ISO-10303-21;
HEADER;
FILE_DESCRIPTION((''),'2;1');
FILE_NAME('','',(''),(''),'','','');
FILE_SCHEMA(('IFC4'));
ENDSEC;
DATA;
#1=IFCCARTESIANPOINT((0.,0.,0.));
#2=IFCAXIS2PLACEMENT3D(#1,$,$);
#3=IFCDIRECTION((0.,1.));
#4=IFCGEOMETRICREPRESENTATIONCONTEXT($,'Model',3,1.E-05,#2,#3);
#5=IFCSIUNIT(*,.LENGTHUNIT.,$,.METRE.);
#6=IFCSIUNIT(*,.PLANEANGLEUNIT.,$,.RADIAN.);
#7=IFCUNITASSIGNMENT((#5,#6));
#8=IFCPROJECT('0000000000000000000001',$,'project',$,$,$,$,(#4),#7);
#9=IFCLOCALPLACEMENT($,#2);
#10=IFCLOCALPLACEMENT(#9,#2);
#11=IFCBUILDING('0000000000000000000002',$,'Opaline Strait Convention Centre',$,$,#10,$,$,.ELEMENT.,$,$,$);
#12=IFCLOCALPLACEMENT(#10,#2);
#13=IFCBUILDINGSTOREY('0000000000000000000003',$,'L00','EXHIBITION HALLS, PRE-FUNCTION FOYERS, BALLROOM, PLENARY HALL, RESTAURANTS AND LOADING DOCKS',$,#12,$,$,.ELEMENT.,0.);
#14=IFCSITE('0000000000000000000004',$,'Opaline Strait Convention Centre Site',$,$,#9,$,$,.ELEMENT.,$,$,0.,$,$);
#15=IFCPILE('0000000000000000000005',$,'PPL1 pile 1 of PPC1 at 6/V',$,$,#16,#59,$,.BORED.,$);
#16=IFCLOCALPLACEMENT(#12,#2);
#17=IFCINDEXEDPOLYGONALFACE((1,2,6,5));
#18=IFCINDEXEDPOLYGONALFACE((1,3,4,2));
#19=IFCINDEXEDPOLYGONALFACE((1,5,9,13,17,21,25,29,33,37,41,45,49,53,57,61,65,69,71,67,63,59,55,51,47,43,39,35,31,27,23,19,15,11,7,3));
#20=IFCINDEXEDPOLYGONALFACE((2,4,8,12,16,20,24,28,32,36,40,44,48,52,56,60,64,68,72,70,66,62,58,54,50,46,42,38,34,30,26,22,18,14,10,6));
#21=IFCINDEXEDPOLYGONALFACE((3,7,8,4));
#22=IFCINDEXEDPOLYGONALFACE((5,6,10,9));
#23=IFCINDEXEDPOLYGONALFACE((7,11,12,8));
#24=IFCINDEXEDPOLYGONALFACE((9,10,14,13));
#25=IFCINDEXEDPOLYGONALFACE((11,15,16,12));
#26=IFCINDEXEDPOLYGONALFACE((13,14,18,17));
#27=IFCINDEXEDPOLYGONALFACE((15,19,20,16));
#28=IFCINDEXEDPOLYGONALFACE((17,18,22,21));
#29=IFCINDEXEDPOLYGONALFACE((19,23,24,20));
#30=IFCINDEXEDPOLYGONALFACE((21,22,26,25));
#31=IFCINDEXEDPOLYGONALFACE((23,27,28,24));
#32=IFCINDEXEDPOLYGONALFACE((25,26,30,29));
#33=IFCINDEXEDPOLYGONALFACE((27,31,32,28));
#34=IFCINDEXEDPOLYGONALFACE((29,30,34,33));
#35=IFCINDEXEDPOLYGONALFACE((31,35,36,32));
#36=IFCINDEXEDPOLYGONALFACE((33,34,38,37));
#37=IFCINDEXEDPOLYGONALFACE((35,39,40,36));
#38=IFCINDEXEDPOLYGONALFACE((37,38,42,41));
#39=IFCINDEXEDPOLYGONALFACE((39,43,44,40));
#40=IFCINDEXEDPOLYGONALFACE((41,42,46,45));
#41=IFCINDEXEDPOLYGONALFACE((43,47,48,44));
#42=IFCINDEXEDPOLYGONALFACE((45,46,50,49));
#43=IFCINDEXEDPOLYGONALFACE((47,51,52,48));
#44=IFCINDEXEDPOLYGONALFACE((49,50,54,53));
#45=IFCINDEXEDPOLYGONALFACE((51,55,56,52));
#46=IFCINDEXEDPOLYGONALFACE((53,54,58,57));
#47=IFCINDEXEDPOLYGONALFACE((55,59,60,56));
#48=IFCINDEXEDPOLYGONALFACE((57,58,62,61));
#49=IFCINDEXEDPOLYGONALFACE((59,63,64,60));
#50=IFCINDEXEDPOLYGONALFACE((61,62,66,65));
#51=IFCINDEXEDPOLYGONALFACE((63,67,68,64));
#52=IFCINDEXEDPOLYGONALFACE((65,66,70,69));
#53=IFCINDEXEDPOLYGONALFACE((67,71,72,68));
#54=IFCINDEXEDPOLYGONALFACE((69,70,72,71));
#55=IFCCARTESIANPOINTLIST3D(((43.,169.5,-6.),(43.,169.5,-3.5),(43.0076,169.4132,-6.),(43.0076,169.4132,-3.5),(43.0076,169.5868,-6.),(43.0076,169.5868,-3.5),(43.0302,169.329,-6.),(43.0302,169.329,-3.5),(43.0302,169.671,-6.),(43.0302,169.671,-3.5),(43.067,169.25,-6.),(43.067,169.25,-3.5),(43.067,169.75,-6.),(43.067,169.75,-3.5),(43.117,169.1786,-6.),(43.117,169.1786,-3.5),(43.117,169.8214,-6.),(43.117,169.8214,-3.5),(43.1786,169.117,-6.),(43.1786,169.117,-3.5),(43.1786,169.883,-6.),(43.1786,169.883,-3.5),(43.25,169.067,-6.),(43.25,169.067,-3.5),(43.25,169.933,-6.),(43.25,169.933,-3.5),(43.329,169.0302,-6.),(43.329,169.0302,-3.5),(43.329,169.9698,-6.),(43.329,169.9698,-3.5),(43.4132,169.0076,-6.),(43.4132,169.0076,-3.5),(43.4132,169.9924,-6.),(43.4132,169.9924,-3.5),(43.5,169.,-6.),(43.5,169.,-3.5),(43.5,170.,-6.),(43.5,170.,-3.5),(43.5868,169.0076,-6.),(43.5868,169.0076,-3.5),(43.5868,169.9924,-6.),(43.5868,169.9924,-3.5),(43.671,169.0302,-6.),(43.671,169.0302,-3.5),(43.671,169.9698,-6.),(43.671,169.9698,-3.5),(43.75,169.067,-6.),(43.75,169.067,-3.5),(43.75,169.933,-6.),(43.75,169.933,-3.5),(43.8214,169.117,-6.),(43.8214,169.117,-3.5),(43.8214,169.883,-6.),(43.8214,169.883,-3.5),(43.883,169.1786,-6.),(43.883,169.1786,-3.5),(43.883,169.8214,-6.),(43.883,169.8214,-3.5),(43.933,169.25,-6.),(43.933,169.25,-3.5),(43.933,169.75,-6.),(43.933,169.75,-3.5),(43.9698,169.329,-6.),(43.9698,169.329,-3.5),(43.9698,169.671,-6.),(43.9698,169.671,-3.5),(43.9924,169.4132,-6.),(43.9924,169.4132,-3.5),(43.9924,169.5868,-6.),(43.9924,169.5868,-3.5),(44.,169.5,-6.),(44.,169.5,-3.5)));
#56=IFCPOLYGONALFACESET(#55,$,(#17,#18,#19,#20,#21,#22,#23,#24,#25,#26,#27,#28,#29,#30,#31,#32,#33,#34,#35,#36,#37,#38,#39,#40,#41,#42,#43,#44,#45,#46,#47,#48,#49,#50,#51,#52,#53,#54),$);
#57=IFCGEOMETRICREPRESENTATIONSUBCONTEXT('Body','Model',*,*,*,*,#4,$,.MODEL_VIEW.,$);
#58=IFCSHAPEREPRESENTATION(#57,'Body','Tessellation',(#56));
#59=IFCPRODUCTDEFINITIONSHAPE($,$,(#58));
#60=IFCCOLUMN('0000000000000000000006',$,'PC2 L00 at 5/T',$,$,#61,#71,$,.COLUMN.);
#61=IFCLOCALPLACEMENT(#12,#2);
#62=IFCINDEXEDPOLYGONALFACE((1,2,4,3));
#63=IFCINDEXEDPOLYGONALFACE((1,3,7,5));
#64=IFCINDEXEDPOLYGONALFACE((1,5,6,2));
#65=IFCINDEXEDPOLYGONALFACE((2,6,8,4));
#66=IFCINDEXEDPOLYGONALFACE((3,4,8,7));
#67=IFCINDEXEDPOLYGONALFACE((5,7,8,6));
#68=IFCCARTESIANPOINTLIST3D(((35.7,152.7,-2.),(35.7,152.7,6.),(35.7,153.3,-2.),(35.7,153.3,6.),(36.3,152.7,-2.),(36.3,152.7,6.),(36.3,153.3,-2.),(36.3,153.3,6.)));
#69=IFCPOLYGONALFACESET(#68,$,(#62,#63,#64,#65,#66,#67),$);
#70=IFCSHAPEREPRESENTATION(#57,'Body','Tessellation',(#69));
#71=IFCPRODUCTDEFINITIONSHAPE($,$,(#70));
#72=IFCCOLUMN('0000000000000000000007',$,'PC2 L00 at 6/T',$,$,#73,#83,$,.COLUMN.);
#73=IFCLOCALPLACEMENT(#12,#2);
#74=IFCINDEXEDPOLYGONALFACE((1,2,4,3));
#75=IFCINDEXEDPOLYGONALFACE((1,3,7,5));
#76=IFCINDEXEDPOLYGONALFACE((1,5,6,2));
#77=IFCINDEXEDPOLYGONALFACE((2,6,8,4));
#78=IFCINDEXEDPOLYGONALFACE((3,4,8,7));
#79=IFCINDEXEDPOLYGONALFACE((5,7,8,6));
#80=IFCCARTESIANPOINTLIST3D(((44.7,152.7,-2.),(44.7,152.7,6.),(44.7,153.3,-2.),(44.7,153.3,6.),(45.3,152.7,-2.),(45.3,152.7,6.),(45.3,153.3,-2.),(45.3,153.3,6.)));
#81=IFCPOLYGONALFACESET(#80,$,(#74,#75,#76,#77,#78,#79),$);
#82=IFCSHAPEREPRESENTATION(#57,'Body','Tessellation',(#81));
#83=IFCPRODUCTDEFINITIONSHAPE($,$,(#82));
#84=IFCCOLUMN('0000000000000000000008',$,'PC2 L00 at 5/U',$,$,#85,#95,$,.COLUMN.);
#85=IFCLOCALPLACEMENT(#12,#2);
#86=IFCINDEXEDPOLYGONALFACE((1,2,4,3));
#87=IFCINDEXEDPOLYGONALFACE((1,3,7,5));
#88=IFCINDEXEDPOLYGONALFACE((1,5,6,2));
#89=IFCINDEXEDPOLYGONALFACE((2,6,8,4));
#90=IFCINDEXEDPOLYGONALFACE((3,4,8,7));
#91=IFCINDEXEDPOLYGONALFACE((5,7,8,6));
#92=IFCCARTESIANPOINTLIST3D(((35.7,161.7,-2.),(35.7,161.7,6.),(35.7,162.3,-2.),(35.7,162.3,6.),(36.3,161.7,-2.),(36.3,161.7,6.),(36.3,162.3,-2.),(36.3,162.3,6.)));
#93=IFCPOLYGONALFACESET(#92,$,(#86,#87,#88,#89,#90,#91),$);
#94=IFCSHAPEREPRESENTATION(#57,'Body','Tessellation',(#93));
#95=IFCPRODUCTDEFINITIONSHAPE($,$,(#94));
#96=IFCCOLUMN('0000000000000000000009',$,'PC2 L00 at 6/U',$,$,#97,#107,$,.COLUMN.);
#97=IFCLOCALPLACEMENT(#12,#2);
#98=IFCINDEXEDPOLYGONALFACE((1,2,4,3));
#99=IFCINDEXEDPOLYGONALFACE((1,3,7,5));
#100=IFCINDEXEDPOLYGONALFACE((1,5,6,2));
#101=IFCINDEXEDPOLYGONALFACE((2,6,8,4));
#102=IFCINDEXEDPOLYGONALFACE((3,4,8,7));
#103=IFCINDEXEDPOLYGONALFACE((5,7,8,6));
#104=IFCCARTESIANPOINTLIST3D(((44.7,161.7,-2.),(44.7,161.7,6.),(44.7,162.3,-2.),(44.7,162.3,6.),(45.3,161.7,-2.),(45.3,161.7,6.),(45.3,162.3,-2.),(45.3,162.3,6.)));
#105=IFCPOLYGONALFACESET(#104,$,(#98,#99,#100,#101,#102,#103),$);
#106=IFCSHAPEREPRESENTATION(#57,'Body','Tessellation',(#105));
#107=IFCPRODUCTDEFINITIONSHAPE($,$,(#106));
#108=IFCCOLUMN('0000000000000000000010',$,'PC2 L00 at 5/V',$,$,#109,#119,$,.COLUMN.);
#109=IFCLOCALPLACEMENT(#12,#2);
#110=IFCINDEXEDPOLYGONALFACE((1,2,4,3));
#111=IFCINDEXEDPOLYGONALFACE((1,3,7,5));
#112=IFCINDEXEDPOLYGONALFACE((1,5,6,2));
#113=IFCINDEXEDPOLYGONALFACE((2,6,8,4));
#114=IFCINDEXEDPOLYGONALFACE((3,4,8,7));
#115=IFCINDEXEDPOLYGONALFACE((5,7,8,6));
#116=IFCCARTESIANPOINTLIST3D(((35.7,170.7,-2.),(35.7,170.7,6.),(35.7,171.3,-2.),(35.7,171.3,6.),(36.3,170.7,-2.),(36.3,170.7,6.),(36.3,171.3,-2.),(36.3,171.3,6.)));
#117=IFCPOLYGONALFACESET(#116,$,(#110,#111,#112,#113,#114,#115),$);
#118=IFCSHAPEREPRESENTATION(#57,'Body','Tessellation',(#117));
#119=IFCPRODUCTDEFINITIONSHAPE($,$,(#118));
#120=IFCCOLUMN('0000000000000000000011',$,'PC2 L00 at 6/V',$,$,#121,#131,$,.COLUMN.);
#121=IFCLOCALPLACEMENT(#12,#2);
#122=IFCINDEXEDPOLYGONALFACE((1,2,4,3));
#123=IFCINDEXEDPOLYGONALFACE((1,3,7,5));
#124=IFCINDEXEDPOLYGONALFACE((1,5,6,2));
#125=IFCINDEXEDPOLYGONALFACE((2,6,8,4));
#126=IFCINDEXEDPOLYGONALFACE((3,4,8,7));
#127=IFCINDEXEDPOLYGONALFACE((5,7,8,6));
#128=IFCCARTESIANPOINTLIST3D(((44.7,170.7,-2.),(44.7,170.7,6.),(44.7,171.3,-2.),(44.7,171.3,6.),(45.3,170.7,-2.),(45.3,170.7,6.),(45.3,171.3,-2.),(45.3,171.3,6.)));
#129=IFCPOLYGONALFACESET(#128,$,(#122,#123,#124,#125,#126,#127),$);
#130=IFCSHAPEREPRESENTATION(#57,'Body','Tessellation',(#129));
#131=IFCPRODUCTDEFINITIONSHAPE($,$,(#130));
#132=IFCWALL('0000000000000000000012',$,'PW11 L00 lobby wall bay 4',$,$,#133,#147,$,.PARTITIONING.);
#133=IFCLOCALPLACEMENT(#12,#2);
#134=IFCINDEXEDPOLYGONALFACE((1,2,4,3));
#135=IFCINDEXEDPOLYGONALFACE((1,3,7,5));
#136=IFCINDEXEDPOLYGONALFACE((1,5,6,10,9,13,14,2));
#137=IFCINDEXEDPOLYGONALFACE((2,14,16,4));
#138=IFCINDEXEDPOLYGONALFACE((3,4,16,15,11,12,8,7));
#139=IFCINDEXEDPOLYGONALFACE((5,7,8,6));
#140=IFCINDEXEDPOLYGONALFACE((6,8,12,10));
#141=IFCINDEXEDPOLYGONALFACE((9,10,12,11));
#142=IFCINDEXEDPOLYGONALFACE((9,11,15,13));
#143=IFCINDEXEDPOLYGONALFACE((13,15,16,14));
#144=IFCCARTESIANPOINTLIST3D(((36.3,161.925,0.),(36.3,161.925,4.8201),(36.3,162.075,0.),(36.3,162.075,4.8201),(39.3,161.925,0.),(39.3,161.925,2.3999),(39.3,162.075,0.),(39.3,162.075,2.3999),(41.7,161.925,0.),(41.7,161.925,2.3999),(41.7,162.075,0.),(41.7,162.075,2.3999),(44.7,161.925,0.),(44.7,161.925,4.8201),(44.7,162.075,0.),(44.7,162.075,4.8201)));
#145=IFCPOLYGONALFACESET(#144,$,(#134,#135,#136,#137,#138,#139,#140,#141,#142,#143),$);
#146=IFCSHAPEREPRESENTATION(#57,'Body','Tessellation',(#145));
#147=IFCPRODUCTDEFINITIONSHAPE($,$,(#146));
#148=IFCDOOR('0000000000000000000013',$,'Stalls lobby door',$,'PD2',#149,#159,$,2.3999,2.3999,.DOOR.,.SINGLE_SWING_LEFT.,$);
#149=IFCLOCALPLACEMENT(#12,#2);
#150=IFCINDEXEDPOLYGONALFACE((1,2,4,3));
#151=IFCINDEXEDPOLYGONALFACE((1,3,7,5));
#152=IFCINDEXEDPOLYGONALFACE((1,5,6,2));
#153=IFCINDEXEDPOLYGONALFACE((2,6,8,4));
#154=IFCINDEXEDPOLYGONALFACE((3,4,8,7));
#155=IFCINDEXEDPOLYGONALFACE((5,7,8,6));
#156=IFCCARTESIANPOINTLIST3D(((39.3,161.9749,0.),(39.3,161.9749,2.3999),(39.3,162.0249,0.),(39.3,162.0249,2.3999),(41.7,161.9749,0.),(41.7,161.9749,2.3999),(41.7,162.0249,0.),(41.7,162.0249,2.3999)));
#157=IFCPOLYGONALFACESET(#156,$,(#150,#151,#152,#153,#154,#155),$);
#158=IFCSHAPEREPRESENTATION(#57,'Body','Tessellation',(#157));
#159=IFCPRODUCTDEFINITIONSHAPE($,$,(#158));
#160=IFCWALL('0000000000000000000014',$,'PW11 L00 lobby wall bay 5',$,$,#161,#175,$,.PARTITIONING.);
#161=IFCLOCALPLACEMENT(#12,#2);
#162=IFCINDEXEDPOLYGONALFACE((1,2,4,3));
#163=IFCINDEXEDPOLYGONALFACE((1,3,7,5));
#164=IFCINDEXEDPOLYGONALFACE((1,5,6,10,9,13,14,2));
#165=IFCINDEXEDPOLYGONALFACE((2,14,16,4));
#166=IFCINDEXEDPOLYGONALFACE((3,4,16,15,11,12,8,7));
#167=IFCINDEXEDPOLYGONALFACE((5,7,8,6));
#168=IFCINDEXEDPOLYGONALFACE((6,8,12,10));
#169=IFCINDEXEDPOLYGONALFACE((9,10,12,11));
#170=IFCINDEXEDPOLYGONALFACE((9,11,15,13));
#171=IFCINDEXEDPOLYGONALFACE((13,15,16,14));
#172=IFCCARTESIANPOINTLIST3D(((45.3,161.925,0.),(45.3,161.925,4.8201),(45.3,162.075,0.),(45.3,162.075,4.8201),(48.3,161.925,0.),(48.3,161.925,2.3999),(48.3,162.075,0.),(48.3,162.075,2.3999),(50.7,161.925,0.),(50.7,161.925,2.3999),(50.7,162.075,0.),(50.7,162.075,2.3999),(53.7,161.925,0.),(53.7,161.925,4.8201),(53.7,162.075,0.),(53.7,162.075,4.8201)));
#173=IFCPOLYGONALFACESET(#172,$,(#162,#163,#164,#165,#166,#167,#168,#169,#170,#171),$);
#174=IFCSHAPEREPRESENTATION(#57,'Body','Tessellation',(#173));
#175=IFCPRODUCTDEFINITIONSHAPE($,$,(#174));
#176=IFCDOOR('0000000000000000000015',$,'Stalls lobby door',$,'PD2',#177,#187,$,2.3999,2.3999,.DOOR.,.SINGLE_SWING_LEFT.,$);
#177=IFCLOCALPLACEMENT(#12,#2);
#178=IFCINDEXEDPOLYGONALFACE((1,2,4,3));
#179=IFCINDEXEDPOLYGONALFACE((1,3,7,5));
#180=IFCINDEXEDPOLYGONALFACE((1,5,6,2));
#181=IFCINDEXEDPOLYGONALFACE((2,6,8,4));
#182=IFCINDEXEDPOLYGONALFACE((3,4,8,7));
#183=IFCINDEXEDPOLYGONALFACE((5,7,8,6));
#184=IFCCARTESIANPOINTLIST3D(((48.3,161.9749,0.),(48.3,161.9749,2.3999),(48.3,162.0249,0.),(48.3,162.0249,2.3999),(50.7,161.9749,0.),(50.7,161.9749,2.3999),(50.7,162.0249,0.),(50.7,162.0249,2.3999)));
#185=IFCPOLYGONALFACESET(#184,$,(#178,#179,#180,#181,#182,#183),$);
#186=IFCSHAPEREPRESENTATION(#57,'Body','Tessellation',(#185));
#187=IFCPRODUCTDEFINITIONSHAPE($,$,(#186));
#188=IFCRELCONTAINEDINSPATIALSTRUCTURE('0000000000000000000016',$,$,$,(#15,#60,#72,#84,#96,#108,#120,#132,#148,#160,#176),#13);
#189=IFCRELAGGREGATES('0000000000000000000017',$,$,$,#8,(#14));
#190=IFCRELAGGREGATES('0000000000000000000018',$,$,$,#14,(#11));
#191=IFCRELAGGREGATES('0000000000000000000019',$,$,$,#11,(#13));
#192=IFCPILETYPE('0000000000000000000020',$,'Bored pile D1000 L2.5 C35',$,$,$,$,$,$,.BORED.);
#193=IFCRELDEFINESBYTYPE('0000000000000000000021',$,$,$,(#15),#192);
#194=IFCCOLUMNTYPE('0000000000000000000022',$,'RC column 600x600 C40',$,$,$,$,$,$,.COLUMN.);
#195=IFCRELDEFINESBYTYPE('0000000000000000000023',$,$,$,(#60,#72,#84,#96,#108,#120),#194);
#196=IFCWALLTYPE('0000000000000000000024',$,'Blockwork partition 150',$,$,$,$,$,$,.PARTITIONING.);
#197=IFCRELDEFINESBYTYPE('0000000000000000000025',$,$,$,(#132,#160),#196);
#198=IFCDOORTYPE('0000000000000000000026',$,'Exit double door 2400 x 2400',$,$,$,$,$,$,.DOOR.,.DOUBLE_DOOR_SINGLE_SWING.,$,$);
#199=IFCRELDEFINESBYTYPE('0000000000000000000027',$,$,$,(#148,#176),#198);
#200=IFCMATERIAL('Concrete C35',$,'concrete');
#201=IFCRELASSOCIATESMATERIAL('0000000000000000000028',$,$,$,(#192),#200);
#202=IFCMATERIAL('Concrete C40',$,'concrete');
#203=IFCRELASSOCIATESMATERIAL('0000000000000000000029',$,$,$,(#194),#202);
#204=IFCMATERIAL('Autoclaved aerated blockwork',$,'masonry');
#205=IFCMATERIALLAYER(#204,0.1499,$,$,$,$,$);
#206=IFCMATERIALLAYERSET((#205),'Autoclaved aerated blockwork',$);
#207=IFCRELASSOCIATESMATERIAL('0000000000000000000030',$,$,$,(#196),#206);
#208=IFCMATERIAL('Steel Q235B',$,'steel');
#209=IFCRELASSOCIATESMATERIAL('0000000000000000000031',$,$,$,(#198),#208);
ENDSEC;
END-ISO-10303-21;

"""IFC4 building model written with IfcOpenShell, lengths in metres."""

from ifc_helpers import new_model, si_unit, direction, frame, frame_2d, origin, origin_2d, place, context, subcontext, project, spatial, rectangle, circle, extrude, material, layer, layer_set, material_profile, profile_set, type_object, element, fill, save


model = new_model("IFC4")

# Units and contexts
model_context = context("Model", 3, precision=1e-05, world=origin(), true_north=direction((0.0, 1.0)))
body_context = subcontext(model_context, "Body", "Model", "MODEL_VIEW")
ifc_project = project(units=[si_unit("LENGTHUNIT", "METRE"), si_unit("PLANEANGLEUNIT", "RADIAN")], contexts=[model_context])

# Site, building, storey
site_placement = place(None, origin())
site = spatial("IfcSite", under=ifc_project, at=site_placement, Name="Opaline Strait Convention Centre Site", CompositionType="ELEMENT", RefElevation=0.0)
building_placement = place(site_placement, origin())
building = spatial("IfcBuilding", under=site, at=building_placement, Name="Opaline Strait Convention Centre", CompositionType="ELEMENT")
storey_placement = place(building_placement, origin())
storey = spatial("IfcBuildingStorey", under=building, at=storey_placement, Name="L00", Description="EXHIBITION HALLS, PRE-FUNCTION FOYERS, BALLROOM, PLENARY HALL, RESTAURANTS AND LOADING DOCKS", CompositionType="ELEMENT", Elevation=0.0)

# Pile
ifc_material_1 = material(Name="Concrete C35", Category="concrete")
ifc_material_profile_1 = material_profile(ifc_material_1, circle(Radius=0.5, at=origin_2d()), Name="D1000")
ifc_profile_set_1 = profile_set([ifc_material_profile_1], Name="Concrete C35")
pile_type = type_object("IfcPileType", Name="Bored pile D1000 L2.5 C35", PredefinedType="BORED", material=ifc_profile_set_1)
for number, where, z_axis, x_axis, name in (
    (1, (43.5, 169.5, -3.5), (0.0, 0.0, -1.0), (1.0, 0.0, 0.0), "PPL1 pile 1 of PPC1 at 6/V"),
):
    element("IfcPile", number, at=place(storey_placement, frame(where, z_axis=z_axis, x_axis=x_axis)), inside=storey, type_object=pile_type, Name=name, PredefinedType="BORED", context=body_context, shape_type="SweptSolid", body=[
        extrude(circle(Radius=0.5, at=origin_2d()), origin(), (0.0, 0.0, 1.0), 2.5),
    ])

# Columns
ifc_material_2 = material(Name="Concrete C40", Category="concrete")
ifc_material_profile_2 = material_profile(ifc_material_2, rectangle(XDim=0.6001, YDim=0.6001, at=origin_2d()), Name="RC 600x600")
ifc_profile_set_2 = profile_set([ifc_material_profile_2], Name="Concrete C40")
column_type = type_object("IfcColumnType", Name="RC column 600x600 C40", PredefinedType="COLUMN", material=ifc_profile_set_2)
for number, where, z_axis, x_axis, name in (
    (2, (36.0, 153.0, -2.0), (0.0, 0.0, 1.0), (1.0, 0.0, 0.0), "PC2 L00 at 5/T"),
    (3, (45.0, 153.0, -2.0), (0.0, 0.0, 1.0), (1.0, 0.0, 0.0), "PC2 L00 at 6/T"),
    (4, (36.0, 162.0, -2.0), (0.0, 0.0, 1.0), (1.0, 0.0, 0.0), "PC2 L00 at 5/U"),
    (5, (45.0, 162.0, -2.0), (0.0, 0.0, 1.0), (1.0, 0.0, 0.0), "PC2 L00 at 6/U"),
    (6, (36.0, 171.0, -2.0), (0.0, 0.0, 1.0), (1.0, 0.0, 0.0), "PC2 L00 at 5/V"),
    (7, (45.0, 171.0, -2.0), (0.0, 0.0, 1.0), (1.0, 0.0, 0.0), "PC2 L00 at 6/V"),
):
    element("IfcColumn", number, at=place(storey_placement, frame(where, z_axis=z_axis, x_axis=x_axis)), inside=storey, type_object=column_type, Name=name, PredefinedType="COLUMN", context=body_context, shape_type="SweptSolid", body=[
        extrude(rectangle(XDim=0.6001, YDim=0.6001, at=origin_2d()), origin(), (0.0, 0.0, 1.0), 8.0),
    ])

# Walls, openings, doors
ifc_material_3 = material(Name="Autoclaved aerated blockwork", Category="masonry")
ifc_layer = layer(ifc_material_3, 0.1499)
ifc_layer_set = layer_set([ifc_layer], Name="Autoclaved aerated blockwork")
wall_type = type_object("IfcWallType", Name="Blockwork partition 150", PredefinedType="PARTITIONING", material=ifc_layer_set)
wall_1_placement = place(storey_placement, frame((36.3, 162.0, 0.0), z_axis=(0.0, 0.0, 1.0), x_axis=(1.0, 0.0, 0.0)))
wall_1 = element("IfcWall", 8, at=wall_1_placement, inside=storey, type_object=wall_type, Name="PW11 L00 lobby wall bay 4", PredefinedType="PARTITIONING", context=body_context, shape_type="SweptSolid", body=[
    extrude(rectangle(XDim=8.3999, YDim=0.1499, at=frame_2d((4.2, 0.0))), origin(), (0.0, 0.0, 1.0), 4.8201),
])
opening_1_placement = place(wall_1_placement, frame((3.0, 0.0, 0.0)))
opening_1 = element("IfcOpeningElement", 9, at=opening_1_placement, cuts=wall_1, PredefinedType="OPENING", context=body_context, shape_type="SweptSolid", body=[
    extrude(rectangle(XDim=2.3999, YDim=2.3999, at=frame_2d((1.2, 1.2))), frame((0.0, 0.085, 0.0), z_axis=(0.0, -1.0, 0.0), x_axis=(1.0, 0.0, 0.0)), (0.0, 0.0, 1.0), 0.1699),
])
ifc_material_4 = material(Name="Steel Q235B", Category="steel")
door_type = type_object("IfcDoorType", Name="Exit double door 2400 x 2400", OperationType="DOUBLE_DOOR_SINGLE_SWING", PredefinedType="DOOR", material=ifc_material_4)
door_1_placement = place(opening_1_placement, origin())
door_1 = element("IfcDoor", 10, at=door_1_placement, inside=storey, type_object=door_type, Name="Stalls lobby door", ObjectType="PD2", OperationType="SINGLE_SWING_LEFT", OverallHeight=2.3999, OverallWidth=2.3999, PredefinedType="DOOR", context=body_context, shape_type="SweptSolid", body=[
    extrude(rectangle(XDim=2.3999, YDim=2.3999, at=frame_2d((1.2, 1.2))), frame((0.0, 0.0249, 0.0), z_axis=(0.0, -1.0, 0.0), x_axis=(1.0, 0.0, 0.0)), (0.0, 0.0, 1.0), 0.05),
])
fill(opening_1, door_1)
wall_2_placement = place(storey_placement, frame((45.3, 162.0, 0.0), z_axis=(0.0, 0.0, 1.0), x_axis=(1.0, 0.0, 0.0)))
wall_2 = element("IfcWall", 11, at=wall_2_placement, inside=storey, type_object=wall_type, Name="PW11 L00 lobby wall bay 5", PredefinedType="PARTITIONING", context=body_context, shape_type="SweptSolid", body=[
    extrude(rectangle(XDim=8.3999, YDim=0.1499, at=frame_2d((4.2, 0.0))), origin(), (0.0, 0.0, 1.0), 4.8201),
])
opening_2_placement = place(wall_2_placement, frame((3.0, 0.0, 0.0)))
opening_2 = element("IfcOpeningElement", 12, at=opening_2_placement, cuts=wall_2, PredefinedType="OPENING", context=body_context, shape_type="SweptSolid", body=[
    extrude(rectangle(XDim=2.3999, YDim=2.3999, at=frame_2d((1.2, 1.2))), frame((0.0, 0.085, 0.0), z_axis=(0.0, -1.0, 0.0), x_axis=(1.0, 0.0, 0.0)), (0.0, 0.0, 1.0), 0.1699),
])
door_2_placement = place(opening_2_placement, origin())
door_2 = element("IfcDoor", 13, at=door_2_placement, inside=storey, type_object=door_type, Name="Stalls lobby door", ObjectType="PD2", OperationType="SINGLE_SWING_LEFT", OverallHeight=2.3999, OverallWidth=2.3999, PredefinedType="DOOR", context=body_context, shape_type="SweptSolid", body=[
    extrude(rectangle(XDim=2.3999, YDim=2.3999, at=frame_2d((1.2, 1.2))), frame((0.0, 0.0249, 0.0), z_axis=(0.0, -1.0, 0.0), x_axis=(1.0, 0.0, 0.0)), (0.0, 0.0, 1.0), 0.05),
])
fill(opening_2, door_2)

save(model, "model.ifc")
